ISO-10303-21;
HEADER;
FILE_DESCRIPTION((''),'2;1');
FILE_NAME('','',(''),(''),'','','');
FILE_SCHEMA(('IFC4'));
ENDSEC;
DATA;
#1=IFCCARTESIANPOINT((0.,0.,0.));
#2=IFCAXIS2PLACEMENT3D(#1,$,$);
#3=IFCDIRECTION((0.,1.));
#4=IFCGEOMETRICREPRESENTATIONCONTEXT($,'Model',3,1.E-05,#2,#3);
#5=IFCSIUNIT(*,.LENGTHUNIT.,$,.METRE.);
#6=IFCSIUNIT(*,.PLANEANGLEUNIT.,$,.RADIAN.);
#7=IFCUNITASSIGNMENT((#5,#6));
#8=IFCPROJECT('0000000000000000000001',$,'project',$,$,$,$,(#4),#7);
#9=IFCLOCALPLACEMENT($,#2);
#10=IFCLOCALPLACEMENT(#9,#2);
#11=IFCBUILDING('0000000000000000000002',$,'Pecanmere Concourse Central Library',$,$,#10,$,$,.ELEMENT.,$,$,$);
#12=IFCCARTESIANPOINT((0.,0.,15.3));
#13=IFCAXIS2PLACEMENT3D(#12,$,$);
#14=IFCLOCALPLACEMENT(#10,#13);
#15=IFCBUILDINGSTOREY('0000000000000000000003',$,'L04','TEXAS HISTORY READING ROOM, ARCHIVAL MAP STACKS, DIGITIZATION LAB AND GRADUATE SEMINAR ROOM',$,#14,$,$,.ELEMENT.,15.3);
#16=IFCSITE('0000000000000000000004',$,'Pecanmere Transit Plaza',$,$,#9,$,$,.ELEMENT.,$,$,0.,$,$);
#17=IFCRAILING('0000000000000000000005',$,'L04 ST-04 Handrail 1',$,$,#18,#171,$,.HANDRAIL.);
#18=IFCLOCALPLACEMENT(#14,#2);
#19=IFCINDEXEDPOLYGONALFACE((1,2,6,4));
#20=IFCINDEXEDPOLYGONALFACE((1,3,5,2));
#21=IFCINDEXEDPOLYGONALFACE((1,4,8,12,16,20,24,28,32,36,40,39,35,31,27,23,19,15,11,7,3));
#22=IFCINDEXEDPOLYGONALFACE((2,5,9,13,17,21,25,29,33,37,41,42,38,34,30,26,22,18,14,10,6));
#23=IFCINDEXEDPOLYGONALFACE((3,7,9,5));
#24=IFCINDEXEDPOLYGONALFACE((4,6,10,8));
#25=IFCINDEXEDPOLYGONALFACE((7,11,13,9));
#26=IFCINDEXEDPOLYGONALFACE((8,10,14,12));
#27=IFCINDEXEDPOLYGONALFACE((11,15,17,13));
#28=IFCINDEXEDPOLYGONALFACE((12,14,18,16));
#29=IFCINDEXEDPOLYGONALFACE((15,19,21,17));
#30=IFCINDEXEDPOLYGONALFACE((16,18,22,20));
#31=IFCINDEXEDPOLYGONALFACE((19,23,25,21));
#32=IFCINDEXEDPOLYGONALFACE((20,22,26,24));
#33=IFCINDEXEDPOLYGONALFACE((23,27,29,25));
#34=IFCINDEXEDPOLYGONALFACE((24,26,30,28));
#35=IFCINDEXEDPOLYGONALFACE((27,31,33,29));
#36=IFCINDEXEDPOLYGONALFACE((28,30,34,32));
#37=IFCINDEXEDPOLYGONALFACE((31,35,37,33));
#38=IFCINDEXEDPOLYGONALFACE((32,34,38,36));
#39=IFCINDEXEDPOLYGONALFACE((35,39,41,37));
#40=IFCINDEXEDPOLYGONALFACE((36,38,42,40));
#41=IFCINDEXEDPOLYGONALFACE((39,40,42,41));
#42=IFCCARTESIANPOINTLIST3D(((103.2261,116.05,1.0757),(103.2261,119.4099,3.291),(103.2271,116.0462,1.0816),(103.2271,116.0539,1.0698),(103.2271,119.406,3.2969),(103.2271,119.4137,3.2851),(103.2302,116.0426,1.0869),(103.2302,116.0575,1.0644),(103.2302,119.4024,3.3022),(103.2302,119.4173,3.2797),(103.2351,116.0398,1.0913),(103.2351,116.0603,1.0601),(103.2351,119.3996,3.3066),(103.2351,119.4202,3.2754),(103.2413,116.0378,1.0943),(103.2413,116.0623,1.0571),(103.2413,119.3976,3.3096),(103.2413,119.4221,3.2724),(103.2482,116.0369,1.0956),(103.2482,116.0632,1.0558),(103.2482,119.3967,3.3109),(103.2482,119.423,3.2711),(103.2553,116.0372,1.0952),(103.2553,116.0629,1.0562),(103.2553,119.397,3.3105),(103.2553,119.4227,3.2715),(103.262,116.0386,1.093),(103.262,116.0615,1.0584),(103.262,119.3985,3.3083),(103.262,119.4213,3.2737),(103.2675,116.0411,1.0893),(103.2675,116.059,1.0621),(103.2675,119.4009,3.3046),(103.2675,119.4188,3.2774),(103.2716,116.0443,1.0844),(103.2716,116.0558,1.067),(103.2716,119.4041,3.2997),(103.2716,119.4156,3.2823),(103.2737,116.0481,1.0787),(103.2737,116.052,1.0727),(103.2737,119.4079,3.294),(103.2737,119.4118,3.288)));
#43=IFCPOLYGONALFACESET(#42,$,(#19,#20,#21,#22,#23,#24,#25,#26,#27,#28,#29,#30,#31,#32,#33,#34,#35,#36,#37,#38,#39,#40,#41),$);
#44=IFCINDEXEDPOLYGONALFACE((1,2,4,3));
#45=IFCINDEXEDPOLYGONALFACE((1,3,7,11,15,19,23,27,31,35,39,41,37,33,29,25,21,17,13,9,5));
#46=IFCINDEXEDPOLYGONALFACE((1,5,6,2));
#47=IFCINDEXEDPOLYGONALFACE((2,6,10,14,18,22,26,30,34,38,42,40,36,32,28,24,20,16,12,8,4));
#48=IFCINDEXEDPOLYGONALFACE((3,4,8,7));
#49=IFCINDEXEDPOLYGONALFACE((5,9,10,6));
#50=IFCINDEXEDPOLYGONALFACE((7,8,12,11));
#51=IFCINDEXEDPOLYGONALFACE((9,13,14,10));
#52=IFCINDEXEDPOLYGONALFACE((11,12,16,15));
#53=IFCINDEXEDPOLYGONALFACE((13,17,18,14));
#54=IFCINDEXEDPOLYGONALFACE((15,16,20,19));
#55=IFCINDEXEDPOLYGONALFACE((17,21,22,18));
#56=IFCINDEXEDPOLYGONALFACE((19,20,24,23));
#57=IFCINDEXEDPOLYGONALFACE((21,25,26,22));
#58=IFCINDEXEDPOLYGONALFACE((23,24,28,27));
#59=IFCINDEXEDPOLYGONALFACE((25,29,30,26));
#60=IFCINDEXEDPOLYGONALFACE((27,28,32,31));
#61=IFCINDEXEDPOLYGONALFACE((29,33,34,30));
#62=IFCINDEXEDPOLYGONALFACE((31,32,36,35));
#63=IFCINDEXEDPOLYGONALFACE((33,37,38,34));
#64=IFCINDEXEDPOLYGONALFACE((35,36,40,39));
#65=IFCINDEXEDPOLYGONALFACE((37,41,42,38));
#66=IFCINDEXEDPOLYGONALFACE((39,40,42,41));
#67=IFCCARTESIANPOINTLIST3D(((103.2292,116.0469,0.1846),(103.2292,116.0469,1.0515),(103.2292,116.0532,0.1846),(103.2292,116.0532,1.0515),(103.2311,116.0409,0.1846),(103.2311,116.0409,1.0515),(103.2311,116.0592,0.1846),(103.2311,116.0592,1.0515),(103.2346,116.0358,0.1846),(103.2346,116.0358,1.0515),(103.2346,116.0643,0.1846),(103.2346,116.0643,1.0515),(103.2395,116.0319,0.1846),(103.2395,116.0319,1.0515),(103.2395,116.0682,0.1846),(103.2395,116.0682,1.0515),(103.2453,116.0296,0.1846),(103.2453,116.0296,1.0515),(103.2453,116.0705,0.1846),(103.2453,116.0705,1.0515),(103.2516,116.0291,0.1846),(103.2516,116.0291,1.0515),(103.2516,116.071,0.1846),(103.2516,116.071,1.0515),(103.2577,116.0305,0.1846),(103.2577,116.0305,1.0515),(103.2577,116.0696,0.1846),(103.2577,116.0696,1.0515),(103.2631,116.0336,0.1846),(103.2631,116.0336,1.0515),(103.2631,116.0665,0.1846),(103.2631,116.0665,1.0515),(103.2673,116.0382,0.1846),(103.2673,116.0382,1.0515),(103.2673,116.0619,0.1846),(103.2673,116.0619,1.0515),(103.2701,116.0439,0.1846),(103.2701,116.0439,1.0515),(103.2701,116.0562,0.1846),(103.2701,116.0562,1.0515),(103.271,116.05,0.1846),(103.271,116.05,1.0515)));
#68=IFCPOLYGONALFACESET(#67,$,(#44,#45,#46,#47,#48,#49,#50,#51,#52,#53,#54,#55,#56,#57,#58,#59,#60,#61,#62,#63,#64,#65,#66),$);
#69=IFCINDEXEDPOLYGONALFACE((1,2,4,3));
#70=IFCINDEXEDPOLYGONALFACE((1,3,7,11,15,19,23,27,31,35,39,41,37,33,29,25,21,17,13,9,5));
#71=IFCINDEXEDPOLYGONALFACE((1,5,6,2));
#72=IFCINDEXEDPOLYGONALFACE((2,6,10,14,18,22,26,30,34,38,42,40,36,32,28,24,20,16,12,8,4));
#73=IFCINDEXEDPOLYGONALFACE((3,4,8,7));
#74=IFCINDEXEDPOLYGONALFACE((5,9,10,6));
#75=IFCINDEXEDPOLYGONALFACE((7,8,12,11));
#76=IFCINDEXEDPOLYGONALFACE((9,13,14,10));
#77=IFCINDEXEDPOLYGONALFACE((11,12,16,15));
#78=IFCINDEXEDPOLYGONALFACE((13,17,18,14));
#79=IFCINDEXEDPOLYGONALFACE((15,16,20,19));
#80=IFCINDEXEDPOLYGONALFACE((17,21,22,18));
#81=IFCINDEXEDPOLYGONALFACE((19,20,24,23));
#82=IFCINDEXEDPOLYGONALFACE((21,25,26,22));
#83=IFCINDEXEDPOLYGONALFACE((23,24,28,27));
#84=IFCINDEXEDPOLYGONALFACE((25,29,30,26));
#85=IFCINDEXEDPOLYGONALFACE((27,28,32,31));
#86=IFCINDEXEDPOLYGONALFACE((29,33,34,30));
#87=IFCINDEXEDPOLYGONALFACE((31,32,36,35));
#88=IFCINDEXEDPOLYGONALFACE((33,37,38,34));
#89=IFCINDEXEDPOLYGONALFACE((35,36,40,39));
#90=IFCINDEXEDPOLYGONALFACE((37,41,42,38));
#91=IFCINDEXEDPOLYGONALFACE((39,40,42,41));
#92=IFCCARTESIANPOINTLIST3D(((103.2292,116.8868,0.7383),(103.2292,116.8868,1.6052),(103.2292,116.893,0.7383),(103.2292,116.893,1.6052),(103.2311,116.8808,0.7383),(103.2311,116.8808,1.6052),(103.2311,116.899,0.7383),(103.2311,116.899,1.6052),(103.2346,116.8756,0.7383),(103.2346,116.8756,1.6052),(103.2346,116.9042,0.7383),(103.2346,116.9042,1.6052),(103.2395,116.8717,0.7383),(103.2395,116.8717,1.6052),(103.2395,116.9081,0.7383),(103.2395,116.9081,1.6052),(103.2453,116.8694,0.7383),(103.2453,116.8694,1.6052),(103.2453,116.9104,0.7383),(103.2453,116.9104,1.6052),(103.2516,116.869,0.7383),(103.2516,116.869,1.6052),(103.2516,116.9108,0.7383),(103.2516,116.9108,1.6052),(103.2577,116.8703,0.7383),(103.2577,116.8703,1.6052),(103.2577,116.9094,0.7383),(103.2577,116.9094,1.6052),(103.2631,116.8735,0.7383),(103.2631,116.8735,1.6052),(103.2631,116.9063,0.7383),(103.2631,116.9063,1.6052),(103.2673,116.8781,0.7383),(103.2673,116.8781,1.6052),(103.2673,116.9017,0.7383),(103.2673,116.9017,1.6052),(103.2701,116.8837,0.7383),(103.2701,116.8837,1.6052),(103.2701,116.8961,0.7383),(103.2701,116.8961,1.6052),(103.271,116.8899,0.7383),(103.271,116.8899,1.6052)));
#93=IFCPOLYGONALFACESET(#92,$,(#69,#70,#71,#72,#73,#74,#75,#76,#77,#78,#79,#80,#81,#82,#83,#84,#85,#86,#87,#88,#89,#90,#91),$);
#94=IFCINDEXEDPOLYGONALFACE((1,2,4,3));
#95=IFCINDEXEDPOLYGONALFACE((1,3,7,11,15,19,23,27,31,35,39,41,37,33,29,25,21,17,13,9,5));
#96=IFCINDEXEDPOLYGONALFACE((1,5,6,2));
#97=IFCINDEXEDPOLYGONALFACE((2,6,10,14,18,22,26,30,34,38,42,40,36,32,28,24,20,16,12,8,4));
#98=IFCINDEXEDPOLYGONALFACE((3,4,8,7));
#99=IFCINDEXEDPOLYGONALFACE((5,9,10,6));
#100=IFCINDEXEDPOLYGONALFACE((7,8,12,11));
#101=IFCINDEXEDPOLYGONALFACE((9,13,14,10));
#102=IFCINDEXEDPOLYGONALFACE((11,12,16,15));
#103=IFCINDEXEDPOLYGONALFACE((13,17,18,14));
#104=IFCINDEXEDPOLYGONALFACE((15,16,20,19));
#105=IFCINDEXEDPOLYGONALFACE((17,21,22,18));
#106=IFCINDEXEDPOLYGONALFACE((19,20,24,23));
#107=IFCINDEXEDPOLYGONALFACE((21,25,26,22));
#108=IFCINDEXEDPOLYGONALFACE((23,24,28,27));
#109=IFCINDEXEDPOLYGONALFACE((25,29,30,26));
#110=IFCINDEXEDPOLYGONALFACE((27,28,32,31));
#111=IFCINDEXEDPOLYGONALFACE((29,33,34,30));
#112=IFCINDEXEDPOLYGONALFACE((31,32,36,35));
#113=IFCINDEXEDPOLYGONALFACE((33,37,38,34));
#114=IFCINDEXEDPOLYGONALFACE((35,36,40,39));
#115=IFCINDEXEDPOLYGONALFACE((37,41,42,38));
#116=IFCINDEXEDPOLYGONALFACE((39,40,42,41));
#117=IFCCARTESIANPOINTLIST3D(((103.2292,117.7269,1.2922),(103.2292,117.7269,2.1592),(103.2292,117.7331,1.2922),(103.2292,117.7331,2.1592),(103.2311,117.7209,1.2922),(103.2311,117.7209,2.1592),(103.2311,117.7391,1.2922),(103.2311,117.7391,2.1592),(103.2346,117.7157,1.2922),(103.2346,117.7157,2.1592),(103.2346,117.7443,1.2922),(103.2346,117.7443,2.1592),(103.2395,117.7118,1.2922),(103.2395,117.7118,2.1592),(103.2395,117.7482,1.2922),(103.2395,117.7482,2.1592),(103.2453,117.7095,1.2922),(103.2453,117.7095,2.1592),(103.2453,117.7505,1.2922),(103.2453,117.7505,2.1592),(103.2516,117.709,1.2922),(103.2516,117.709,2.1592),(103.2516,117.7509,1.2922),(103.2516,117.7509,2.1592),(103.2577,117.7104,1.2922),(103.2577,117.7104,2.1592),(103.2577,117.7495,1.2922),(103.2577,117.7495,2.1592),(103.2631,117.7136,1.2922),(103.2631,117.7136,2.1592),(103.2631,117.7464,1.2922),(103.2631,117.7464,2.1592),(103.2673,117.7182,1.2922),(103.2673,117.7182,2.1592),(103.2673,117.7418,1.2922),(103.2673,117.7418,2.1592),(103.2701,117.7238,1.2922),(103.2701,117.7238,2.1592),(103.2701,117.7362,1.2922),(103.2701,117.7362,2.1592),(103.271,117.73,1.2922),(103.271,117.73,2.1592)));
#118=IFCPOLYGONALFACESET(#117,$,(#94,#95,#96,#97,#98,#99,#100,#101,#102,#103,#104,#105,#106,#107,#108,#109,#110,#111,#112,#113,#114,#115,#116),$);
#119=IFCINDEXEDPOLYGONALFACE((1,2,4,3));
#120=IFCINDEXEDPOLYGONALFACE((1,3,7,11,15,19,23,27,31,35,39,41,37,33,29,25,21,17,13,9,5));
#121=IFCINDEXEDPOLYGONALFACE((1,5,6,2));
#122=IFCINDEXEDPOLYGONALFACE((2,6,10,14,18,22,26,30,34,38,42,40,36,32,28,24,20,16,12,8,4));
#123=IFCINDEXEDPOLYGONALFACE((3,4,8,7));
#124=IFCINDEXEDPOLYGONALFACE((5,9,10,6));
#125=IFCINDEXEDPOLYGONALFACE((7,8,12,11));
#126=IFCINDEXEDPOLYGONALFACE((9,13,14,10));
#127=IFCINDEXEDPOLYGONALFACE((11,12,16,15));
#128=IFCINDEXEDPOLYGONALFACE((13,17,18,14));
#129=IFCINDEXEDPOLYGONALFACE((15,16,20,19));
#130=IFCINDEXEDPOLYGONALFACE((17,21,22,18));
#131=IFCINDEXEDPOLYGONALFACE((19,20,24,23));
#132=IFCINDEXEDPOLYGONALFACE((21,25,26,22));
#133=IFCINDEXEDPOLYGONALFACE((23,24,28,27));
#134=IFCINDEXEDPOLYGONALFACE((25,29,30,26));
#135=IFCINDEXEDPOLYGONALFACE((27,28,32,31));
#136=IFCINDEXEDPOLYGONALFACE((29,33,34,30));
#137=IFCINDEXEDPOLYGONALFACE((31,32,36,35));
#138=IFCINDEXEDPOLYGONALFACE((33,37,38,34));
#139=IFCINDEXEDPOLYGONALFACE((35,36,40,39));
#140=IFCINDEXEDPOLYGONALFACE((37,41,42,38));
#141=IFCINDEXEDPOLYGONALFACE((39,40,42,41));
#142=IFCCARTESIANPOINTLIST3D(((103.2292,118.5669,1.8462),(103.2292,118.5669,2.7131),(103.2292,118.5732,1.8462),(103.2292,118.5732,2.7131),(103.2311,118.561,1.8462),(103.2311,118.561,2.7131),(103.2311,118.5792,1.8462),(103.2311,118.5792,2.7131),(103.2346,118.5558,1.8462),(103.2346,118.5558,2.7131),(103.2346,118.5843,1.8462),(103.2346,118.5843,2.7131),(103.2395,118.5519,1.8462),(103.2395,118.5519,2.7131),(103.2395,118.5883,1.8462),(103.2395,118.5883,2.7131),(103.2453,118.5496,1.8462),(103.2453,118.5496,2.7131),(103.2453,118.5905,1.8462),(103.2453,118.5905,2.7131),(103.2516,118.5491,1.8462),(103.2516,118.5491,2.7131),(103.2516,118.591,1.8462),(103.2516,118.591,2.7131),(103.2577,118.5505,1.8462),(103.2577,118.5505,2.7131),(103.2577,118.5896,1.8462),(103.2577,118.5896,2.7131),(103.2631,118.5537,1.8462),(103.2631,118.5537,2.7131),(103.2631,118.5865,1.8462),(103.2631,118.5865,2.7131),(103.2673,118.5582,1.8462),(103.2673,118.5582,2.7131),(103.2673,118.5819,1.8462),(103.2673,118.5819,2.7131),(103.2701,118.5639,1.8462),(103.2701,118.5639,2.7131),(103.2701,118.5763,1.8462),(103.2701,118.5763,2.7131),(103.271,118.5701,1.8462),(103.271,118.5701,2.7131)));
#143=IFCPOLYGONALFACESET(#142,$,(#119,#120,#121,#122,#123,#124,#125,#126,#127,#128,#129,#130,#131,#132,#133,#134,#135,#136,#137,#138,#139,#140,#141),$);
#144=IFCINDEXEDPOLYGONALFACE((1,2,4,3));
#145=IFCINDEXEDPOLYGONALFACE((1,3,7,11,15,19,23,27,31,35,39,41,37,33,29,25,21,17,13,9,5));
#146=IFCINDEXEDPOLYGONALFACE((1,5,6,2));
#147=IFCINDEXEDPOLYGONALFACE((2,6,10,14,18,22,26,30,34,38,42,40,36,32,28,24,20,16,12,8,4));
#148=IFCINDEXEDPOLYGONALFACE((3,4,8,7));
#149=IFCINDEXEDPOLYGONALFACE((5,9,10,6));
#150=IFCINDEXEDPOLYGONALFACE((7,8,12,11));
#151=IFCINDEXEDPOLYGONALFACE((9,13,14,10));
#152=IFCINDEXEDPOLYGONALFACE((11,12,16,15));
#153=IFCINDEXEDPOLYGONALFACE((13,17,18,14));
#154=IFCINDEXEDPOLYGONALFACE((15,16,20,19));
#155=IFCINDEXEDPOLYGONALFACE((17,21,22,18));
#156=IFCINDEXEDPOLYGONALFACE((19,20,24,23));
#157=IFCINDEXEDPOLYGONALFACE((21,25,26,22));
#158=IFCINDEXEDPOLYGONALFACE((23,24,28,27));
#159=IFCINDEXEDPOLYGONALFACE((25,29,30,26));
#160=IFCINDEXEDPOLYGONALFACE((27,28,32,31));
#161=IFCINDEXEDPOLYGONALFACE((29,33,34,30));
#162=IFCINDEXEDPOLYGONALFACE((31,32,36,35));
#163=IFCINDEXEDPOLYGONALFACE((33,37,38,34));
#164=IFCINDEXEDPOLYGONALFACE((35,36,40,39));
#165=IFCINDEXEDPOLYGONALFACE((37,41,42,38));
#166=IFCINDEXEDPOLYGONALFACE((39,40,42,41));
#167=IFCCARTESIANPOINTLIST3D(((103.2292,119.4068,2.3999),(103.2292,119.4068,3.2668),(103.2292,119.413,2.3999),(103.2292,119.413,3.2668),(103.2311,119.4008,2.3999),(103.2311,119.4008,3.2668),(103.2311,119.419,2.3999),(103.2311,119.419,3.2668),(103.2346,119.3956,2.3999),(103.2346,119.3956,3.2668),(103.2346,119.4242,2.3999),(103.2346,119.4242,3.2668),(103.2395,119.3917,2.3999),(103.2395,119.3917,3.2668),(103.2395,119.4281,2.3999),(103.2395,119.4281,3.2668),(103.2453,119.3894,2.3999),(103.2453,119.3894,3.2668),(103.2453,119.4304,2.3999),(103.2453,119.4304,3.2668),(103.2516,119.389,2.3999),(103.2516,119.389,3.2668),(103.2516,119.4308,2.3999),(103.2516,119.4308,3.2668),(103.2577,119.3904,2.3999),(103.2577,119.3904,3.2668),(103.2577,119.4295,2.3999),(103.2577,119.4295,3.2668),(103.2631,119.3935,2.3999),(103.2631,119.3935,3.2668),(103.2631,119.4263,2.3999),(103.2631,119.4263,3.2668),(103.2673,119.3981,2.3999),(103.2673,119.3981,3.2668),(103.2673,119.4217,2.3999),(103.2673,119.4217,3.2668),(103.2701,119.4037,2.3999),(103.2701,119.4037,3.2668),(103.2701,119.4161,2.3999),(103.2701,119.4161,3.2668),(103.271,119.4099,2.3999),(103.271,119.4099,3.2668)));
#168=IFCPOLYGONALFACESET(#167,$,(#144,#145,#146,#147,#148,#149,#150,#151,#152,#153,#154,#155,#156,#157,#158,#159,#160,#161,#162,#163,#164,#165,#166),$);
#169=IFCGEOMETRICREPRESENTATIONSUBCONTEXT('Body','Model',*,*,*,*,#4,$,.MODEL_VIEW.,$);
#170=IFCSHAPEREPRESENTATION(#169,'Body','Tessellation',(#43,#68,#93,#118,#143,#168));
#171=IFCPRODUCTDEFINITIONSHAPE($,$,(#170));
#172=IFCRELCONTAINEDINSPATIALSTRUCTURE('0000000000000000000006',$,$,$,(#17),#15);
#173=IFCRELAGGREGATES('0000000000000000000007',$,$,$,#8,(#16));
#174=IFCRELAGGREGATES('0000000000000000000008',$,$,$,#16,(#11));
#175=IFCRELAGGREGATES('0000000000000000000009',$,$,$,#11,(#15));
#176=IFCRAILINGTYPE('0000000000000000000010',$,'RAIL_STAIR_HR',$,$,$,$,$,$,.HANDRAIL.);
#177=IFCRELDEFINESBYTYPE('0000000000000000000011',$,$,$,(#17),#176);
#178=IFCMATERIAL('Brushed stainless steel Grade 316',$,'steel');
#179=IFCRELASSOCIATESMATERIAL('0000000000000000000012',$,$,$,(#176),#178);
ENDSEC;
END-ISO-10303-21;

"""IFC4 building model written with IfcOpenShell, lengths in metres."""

from ifc_helpers import new_model, si_unit, direction, frame, origin, origin_2d, place, context, subcontext, project, spatial, circle, extrude, material, type_object, element, save


model = new_model("IFC4")

# Units and contexts
model_context = context("Model", 3, precision=1e-05, world=origin(), true_north=direction((0.0, 1.0)))
body_context = subcontext(model_context, "Body", "Model", "MODEL_VIEW")
ifc_project = project(units=[si_unit("LENGTHUNIT", "METRE"), si_unit("PLANEANGLEUNIT", "RADIAN")], contexts=[model_context])

# Site, building, storey
site_placement = place(None, origin())
site = spatial("IfcSite", under=ifc_project, at=site_placement, Name="Pecanmere Transit Plaza", CompositionType="ELEMENT", RefElevation=0.0)
building_placement = place(site_placement, origin())
building = spatial("IfcBuilding", under=site, at=building_placement, Name="Pecanmere Concourse Central Library", CompositionType="ELEMENT")
storey_placement = place(building_placement, frame((0.0, 0.0, 15.3)))
storey = spatial("IfcBuildingStorey", under=building, at=storey_placement, Name="L04", Description="TEXAS HISTORY READING ROOM, ARCHIVAL MAP STACKS, DIGITIZATION LAB AND GRADUATE SEMINAR ROOM", CompositionType="ELEMENT", Elevation=15.3)

# Railing
ifc_material_1 = material(Name="Brushed stainless steel Grade 316", Category="steel")
railing_type_1 = type_object("IfcRailingType", Name="RAIL_STAIR_HR", PredefinedType="HANDRAIL", material=ifc_material_1)
railing_1_placement = place(storey_placement, frame((103.25, 116.05, 0.1846)))
element("IfcRailing", 1, at=railing_1_placement, inside=storey, type_object=railing_type_1, Name="L04 ST-04 Handrail 1", PredefinedType="HANDRAIL", context=body_context, shape_type="SweptSolid", body=[
    extrude(circle(Radius=0.0239, at=origin_2d()), frame((0.0, 0.0, 0.8911), z_axis=(0.0, 0.834858, 0.550465), x_axis=(-1.0, 0.0, 0.0)), (0.0, 0.0, 1.0), 4.0244),
    extrude(circle(Radius=0.021, at=origin_2d()), origin(), (0.0, 0.0, 1.0), 0.8669),
    extrude(circle(Radius=0.021, at=origin_2d()), frame((0.0, 0.8398, 0.5537)), (0.0, 0.0, 1.0), 0.8669),
    extrude(circle(Radius=0.021, at=origin_2d()), frame((0.0, 1.6799, 1.1077)), (0.0, 0.0, 1.0), 0.8669),
    extrude(circle(Radius=0.021, at=origin_2d()), frame((0.0, 2.52, 1.6616)), (0.0, 0.0, 1.0), 0.8669),
    extrude(circle(Radius=0.021, at=origin_2d()), frame((0.0, 3.3599, 2.2153)), (0.0, 0.0, 1.0), 0.8669),
])

save(model, "model.ifc")
